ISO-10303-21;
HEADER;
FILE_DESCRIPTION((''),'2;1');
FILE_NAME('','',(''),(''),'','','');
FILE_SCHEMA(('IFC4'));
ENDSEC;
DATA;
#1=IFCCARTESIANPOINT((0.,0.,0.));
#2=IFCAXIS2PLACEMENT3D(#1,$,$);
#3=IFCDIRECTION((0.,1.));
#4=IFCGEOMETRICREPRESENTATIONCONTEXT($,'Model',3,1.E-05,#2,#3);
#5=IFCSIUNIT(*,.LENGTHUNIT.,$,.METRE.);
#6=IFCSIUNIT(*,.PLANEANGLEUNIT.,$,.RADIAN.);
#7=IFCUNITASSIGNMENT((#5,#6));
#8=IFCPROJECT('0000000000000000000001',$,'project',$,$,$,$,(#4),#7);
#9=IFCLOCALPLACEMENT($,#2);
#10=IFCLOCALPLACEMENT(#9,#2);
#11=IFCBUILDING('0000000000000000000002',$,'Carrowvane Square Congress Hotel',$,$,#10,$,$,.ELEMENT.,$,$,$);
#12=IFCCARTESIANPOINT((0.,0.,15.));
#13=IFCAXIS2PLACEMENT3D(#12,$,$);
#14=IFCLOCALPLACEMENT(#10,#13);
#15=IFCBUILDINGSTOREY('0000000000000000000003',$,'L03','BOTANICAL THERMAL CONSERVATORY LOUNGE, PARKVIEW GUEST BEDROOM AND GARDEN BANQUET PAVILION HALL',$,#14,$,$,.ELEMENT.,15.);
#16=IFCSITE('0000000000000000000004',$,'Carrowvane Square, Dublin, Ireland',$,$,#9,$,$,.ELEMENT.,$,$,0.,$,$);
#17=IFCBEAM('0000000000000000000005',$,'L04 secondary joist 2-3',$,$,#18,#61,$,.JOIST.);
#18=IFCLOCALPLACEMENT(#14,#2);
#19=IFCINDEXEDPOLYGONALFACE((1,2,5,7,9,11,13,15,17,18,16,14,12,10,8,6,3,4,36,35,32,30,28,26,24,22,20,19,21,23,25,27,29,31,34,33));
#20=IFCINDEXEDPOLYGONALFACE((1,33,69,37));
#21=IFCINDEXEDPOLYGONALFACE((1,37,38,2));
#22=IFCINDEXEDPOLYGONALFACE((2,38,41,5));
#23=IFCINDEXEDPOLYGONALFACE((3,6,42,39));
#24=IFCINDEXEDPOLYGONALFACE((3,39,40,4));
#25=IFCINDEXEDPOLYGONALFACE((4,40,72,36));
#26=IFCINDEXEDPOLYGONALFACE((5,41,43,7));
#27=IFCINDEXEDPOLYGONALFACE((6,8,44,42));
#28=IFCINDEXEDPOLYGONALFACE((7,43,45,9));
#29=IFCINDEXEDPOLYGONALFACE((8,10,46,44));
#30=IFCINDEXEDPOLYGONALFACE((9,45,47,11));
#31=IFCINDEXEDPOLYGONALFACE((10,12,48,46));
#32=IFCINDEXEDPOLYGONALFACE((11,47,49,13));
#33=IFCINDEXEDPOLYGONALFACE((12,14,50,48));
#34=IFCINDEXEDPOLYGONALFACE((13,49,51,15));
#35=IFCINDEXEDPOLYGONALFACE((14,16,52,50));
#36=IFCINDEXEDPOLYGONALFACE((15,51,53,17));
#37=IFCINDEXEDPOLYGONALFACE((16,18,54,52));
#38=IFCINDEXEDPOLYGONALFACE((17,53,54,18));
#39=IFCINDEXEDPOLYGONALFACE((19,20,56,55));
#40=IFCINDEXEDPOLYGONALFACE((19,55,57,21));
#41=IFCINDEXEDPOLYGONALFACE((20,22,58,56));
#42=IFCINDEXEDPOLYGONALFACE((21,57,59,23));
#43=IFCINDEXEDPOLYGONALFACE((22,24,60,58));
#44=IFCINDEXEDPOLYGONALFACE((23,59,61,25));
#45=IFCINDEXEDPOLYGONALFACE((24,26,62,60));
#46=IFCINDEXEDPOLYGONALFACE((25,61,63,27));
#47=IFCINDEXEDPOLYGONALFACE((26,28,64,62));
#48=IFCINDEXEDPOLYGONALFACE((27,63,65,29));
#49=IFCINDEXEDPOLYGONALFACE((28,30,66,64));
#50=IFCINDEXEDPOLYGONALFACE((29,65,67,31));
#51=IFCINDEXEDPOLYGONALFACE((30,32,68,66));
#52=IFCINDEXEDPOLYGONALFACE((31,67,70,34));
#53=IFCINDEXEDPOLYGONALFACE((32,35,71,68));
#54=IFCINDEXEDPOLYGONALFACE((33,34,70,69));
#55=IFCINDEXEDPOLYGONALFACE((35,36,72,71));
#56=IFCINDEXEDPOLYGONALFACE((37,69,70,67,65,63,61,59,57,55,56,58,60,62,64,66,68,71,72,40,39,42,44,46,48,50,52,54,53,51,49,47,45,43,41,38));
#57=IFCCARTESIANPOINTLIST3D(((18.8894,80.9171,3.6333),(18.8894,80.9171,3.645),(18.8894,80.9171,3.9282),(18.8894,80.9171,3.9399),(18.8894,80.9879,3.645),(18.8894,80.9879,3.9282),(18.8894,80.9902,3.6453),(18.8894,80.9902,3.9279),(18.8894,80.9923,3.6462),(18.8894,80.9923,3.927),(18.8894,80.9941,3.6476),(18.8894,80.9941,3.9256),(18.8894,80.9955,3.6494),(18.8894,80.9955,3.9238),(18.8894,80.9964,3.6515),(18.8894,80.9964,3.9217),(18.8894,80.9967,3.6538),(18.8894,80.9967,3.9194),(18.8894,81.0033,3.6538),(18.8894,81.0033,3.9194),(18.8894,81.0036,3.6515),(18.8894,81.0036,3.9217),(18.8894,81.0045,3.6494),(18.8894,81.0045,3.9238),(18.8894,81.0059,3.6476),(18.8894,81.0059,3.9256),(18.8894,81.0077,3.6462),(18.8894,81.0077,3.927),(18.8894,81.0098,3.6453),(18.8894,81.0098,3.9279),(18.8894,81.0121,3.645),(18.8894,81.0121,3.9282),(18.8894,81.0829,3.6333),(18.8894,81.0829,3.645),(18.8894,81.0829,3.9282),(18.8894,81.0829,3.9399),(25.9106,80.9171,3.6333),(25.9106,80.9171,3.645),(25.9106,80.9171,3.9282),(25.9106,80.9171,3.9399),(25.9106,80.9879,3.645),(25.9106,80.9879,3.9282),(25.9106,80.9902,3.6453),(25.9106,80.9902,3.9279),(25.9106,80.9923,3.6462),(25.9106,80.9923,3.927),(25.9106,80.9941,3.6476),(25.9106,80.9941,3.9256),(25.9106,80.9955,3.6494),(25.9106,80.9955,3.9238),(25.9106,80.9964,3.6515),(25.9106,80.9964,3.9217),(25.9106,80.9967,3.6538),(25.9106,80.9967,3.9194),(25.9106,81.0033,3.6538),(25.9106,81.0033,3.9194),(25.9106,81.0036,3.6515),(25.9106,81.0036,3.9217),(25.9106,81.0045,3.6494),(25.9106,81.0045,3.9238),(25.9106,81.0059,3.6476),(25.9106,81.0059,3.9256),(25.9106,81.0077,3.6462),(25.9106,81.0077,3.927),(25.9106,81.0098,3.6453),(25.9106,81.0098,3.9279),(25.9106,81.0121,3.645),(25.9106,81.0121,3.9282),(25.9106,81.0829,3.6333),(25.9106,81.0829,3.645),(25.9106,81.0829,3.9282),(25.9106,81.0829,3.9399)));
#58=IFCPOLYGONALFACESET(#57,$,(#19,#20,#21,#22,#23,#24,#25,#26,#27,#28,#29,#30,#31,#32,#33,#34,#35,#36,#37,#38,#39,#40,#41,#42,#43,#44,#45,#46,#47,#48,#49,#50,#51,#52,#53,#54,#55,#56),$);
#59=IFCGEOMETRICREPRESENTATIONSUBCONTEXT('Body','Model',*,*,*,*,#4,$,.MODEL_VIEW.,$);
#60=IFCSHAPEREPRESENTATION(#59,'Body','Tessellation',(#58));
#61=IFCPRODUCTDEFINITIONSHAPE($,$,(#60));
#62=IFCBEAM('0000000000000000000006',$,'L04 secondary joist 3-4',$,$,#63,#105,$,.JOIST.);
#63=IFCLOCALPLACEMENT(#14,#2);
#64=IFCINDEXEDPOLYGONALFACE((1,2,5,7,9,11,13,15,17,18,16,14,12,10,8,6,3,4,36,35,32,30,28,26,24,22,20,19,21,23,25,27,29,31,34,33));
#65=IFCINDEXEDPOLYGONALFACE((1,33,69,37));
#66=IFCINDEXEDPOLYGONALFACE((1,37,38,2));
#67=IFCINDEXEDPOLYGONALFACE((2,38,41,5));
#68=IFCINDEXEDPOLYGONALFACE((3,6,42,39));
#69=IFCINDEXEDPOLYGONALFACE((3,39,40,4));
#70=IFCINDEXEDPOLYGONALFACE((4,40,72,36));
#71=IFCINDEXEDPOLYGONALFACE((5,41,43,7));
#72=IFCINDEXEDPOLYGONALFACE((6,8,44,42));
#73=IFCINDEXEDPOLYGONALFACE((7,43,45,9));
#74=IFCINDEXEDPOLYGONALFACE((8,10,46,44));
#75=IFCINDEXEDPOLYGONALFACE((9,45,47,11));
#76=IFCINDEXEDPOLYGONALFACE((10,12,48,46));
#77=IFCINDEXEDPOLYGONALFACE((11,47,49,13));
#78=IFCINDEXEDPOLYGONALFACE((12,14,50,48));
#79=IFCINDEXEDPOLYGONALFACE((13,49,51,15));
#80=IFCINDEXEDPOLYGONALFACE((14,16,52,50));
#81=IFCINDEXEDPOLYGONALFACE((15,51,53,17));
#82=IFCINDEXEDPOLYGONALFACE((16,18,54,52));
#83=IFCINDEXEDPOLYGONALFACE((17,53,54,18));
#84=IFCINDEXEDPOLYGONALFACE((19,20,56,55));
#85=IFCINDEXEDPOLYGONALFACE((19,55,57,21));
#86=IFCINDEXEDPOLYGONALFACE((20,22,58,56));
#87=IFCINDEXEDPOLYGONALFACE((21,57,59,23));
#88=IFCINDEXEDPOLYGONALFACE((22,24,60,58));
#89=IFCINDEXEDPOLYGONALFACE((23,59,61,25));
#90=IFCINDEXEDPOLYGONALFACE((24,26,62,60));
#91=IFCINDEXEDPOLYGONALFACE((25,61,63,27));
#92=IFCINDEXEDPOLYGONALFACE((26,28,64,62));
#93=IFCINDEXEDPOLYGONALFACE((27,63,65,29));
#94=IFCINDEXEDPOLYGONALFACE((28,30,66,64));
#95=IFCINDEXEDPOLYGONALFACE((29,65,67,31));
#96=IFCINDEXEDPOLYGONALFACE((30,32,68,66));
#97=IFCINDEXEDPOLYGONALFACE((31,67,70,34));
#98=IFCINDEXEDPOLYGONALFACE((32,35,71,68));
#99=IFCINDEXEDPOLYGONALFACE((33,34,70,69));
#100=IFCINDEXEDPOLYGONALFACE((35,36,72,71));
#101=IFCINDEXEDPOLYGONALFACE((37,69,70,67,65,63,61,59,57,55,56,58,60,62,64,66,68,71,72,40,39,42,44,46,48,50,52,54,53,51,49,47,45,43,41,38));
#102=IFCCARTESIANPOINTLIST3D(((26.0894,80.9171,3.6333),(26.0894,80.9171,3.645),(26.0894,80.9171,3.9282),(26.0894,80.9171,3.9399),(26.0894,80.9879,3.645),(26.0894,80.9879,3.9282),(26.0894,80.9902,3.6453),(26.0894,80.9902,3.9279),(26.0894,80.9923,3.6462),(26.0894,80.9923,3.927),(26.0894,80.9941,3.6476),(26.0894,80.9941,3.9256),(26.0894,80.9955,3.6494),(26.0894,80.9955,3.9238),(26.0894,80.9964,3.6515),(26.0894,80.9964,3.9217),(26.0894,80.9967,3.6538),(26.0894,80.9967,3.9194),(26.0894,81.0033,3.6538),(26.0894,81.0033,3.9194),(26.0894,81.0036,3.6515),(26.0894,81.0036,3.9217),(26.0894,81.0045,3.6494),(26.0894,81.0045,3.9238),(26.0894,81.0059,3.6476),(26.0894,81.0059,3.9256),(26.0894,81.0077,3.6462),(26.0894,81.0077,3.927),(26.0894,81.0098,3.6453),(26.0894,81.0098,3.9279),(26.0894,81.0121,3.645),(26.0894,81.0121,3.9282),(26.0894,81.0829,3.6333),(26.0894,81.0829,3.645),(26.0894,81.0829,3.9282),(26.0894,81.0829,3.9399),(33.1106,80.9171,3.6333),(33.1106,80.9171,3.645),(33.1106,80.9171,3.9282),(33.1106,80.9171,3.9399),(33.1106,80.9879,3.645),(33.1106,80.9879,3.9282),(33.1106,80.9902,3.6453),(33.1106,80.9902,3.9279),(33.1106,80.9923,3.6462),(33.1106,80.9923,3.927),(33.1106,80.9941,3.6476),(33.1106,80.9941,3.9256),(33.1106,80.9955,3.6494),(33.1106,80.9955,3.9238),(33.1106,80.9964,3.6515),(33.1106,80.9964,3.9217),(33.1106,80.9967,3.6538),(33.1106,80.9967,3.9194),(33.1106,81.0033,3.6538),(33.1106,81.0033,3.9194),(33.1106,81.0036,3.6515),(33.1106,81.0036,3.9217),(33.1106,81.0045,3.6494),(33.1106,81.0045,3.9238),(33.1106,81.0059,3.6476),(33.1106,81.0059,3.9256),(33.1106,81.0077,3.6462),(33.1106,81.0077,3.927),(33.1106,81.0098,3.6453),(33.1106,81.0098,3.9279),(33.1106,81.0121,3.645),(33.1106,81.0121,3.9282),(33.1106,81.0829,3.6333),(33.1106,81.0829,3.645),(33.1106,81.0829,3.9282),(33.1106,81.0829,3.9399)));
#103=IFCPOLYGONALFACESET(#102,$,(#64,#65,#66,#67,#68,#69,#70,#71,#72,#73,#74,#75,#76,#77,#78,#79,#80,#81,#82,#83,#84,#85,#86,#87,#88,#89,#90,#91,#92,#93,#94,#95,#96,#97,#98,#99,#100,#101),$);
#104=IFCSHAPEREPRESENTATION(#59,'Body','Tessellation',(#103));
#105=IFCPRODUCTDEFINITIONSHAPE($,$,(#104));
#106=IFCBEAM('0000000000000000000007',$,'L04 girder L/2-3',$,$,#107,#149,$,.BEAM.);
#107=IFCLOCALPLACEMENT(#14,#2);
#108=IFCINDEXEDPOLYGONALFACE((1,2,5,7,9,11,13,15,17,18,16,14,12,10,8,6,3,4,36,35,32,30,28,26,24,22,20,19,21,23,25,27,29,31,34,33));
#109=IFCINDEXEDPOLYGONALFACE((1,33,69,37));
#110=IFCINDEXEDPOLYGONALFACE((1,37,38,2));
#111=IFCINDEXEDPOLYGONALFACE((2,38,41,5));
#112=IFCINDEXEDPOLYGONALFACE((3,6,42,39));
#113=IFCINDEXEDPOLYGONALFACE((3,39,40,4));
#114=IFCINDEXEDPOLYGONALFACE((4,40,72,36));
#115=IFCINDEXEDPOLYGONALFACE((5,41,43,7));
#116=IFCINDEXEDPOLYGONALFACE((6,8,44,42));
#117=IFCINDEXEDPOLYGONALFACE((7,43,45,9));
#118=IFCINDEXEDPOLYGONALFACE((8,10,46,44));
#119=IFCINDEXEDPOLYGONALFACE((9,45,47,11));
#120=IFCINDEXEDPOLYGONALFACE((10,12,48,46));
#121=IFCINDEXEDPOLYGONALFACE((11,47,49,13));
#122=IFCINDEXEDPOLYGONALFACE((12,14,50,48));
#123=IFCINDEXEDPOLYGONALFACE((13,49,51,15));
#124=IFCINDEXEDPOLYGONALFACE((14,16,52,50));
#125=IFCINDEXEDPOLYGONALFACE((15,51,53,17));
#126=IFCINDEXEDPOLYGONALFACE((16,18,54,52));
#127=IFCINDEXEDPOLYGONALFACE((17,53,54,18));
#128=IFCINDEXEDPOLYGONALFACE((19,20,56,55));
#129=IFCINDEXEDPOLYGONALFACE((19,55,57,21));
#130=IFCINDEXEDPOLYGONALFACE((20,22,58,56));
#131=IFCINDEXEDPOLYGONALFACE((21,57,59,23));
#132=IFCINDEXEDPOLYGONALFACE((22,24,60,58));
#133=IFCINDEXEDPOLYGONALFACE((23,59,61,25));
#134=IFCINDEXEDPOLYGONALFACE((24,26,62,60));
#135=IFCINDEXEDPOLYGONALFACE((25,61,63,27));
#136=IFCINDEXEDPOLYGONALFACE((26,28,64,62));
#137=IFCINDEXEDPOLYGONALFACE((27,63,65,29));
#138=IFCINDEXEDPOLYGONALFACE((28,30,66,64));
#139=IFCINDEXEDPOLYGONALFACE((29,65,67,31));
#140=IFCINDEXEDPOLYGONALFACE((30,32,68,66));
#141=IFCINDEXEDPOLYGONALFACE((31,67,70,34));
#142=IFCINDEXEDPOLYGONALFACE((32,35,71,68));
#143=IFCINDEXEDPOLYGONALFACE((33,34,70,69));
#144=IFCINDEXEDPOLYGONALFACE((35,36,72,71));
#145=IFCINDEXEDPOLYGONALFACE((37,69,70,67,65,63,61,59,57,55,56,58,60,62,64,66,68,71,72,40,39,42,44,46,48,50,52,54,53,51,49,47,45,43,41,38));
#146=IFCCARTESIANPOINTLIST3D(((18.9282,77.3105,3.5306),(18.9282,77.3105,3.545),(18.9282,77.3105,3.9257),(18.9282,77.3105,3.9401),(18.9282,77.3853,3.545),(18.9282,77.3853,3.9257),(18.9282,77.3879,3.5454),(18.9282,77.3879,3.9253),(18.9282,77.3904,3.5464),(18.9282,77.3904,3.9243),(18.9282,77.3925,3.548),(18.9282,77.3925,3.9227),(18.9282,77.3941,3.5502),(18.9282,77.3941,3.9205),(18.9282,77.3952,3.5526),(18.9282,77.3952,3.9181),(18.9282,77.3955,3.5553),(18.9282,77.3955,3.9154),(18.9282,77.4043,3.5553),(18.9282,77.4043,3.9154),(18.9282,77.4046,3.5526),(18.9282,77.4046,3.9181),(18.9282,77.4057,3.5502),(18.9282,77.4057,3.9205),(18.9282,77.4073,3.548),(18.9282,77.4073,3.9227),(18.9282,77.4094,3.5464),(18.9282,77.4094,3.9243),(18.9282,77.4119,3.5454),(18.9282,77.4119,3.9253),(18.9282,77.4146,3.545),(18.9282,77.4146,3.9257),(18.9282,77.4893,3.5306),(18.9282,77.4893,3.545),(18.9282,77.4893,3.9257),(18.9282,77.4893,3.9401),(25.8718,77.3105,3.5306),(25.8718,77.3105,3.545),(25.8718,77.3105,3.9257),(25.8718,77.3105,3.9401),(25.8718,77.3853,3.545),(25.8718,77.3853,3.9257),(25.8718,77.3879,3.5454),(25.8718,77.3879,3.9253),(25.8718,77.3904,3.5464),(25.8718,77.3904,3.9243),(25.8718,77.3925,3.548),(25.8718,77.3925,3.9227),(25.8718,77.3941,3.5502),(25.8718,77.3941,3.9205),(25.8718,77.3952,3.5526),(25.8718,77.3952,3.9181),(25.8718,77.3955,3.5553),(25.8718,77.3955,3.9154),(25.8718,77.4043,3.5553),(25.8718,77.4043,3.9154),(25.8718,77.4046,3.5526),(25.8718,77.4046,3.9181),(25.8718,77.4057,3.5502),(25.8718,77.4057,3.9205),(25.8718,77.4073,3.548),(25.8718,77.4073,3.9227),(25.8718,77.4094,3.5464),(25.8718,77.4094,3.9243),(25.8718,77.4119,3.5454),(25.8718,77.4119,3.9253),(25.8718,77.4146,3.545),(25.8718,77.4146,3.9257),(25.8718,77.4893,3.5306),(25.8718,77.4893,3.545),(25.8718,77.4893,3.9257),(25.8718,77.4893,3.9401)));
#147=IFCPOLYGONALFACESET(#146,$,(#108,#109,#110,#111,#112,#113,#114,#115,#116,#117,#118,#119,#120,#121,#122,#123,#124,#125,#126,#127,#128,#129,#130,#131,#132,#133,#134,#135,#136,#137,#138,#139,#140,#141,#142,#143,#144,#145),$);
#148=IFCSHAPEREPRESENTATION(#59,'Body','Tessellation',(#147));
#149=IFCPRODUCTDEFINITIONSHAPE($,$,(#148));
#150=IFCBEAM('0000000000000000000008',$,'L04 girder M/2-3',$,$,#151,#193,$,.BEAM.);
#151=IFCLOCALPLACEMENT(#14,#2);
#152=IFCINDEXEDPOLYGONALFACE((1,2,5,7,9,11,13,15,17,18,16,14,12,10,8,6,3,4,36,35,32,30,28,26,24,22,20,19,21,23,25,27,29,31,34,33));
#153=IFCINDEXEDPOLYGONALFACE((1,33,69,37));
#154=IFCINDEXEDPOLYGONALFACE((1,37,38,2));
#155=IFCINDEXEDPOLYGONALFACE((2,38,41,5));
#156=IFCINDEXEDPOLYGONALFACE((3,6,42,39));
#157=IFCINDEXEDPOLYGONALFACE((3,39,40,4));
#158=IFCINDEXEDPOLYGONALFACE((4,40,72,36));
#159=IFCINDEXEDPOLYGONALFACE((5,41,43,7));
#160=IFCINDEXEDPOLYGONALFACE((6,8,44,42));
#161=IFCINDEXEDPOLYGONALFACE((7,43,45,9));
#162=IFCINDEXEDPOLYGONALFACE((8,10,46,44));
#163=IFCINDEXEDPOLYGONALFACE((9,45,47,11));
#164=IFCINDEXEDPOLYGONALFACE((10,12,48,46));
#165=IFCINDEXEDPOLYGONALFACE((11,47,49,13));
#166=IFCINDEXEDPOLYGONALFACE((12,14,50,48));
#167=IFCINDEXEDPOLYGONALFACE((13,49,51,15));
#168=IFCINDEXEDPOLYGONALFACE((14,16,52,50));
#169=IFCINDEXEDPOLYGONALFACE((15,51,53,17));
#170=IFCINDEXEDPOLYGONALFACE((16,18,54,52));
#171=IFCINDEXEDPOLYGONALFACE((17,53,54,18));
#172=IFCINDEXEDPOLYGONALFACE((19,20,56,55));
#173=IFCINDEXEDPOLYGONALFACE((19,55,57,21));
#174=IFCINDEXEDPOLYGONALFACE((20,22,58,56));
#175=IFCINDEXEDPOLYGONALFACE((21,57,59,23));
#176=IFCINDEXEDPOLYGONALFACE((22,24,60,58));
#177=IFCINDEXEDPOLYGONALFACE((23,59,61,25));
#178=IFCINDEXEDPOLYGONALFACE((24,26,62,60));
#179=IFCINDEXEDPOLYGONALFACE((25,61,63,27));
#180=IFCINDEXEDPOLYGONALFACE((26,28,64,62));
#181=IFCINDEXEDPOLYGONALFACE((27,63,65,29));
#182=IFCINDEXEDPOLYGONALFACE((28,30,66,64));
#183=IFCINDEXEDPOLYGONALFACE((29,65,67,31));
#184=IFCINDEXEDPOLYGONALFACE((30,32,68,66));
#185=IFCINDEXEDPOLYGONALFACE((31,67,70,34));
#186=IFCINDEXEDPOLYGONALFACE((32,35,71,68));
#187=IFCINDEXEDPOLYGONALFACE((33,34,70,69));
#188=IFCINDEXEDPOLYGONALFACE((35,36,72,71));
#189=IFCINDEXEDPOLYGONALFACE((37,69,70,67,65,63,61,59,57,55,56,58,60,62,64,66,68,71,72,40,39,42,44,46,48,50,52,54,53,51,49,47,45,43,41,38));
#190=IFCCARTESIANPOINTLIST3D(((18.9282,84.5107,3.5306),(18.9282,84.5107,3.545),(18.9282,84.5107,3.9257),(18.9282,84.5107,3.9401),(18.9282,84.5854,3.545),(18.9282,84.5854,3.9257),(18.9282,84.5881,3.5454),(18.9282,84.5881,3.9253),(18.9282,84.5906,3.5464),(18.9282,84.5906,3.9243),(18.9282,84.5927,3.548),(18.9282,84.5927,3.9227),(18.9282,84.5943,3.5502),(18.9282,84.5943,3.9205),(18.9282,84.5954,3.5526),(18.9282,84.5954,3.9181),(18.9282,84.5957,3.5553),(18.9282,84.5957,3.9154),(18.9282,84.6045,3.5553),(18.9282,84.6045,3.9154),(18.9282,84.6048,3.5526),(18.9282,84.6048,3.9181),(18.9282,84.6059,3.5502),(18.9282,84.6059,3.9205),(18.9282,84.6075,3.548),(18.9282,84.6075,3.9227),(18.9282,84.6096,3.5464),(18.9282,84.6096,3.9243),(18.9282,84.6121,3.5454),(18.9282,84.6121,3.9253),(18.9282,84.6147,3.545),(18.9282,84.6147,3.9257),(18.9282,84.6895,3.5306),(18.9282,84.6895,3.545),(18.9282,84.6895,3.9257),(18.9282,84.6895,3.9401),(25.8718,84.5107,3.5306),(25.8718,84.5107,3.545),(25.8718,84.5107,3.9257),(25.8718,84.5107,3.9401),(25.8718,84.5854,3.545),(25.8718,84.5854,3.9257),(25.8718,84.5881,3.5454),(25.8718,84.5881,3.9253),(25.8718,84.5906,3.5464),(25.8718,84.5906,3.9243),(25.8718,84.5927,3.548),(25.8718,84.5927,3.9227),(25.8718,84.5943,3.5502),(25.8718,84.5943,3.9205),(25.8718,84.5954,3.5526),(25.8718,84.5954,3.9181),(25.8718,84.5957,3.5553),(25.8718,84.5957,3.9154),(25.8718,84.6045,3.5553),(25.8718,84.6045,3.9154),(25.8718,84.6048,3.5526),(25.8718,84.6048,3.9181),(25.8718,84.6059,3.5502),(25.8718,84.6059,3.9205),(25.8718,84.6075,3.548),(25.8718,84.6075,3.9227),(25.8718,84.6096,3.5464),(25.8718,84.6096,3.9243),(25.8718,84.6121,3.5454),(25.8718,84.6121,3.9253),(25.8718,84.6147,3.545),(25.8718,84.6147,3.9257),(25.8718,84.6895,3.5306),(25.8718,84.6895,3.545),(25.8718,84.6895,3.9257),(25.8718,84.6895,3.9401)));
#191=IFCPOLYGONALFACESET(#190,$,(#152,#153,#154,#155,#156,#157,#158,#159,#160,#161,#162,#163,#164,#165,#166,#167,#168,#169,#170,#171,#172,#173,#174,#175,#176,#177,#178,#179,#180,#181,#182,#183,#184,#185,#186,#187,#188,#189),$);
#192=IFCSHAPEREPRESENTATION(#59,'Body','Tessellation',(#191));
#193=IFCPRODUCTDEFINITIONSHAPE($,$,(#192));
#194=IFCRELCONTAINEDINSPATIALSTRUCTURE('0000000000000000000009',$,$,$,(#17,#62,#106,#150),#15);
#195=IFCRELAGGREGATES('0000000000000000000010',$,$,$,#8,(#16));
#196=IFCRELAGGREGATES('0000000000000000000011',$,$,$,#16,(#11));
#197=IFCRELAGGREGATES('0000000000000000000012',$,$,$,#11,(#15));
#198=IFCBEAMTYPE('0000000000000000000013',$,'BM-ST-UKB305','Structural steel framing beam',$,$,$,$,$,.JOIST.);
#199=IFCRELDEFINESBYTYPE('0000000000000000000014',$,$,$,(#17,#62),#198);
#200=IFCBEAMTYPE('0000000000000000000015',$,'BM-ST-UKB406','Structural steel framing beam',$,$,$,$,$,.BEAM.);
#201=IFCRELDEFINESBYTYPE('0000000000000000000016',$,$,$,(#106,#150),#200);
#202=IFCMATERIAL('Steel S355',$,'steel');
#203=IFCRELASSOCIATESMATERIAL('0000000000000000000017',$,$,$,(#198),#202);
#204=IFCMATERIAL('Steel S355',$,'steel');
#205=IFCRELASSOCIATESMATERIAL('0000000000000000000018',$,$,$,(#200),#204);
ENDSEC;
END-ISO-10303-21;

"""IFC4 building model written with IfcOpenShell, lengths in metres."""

from ifc_helpers import new_model, si_unit, direction, frame, origin, origin_2d, place, context, subcontext, project, spatial, i_section, extrude, material, material_profile, profile_set, type_object, element, save


model = new_model("IFC4")

# Units and contexts
model_context = context("Model", 3, precision=1e-05, world=origin(), true_north=direction((0.0, 1.0)))
body_context = subcontext(model_context, "Body", "Model", "MODEL_VIEW")
ifc_project = project(units=[si_unit("LENGTHUNIT", "METRE"), si_unit("PLANEANGLEUNIT", "RADIAN")], contexts=[model_context])

# Site, building, storey
site_placement = place(None, origin())
site = spatial("IfcSite", under=ifc_project, at=site_placement, Name="Carrowvane Square, Dublin, Ireland", CompositionType="ELEMENT", RefElevation=0.0)
building_placement = place(site_placement, origin())
building = spatial("IfcBuilding", under=site, at=building_placement, Name="Carrowvane Square Congress Hotel", CompositionType="ELEMENT")
storey_placement = place(building_placement, frame((0.0, 0.0, 15.0)))
storey = spatial("IfcBuildingStorey", under=building, at=storey_placement, Name="L03", Description="BOTANICAL THERMAL CONSERVATORY LOUNGE, PARKVIEW GUEST BEDROOM AND GARDEN BANQUET PAVILION HALL", CompositionType="ELEMENT", Elevation=15.0)

# Beams
ifc_material_1 = material(Name="Steel S355", Category="steel")
ifc_material_profile_1 = material_profile(ifc_material_1, i_section(OverallWidth=0.1658, OverallDepth=0.3066, WebThickness=0.0066, FlangeThickness=0.0117, FilletRadius=0.0088, at=origin_2d()), Name="UKB 305x165x46")
ifc_profile_set_1 = profile_set([ifc_material_profile_1], Name="Steel S355")
beam_type_1 = type_object("IfcBeamType", Name="BM-ST-UKB305", Description="Structural steel framing beam", PredefinedType="JOIST", material=ifc_profile_set_1)
for number, where, z_axis, x_axis, name in (
    (1, (18.8894, 81.0, 3.7866), (1.0, 0.0, 0.0), (0.0, 1.0, 0.0), "L04 secondary joist 2-3"),
    (2, (26.0894, 81.0, 3.7866), (1.0, 0.0, 0.0), (0.0, 1.0, 0.0), "L04 secondary joist 3-4"),
):
    element("IfcBeam", number, at=place(storey_placement, frame(where, z_axis=z_axis, x_axis=x_axis)), inside=storey, type_object=beam_type_1, Name=name, PredefinedType="JOIST", context=body_context, shape_type="SweptSolid", body=[
        extrude(i_section(OverallWidth=0.1658, OverallDepth=0.3066, WebThickness=0.0066, FlangeThickness=0.0117, FilletRadius=0.0088, at=origin_2d()), origin(), (0.0, 0.0, 1.0), 7.0212),
    ])
ifc_material_2 = material(Name="Steel S355", Category="steel")
ifc_material_profile_2 = material_profile(ifc_material_2, i_section(OverallWidth=0.1787, OverallDepth=0.4094, WebThickness=0.0088, FlangeThickness=0.0144, FilletRadius=0.0103, at=origin_2d()), Name="UKB 406x178x67")
ifc_profile_set_2 = profile_set([ifc_material_profile_2], Name="Steel S355")
beam_type_2 = type_object("IfcBeamType", Name="BM-ST-UKB406", Description="Structural steel framing beam", PredefinedType="BEAM", material=ifc_profile_set_2)
for number, where, z_axis, x_axis, name in (
    (3, (18.9282, 77.3999, 3.7354), (1.0, 0.0, 0.0), (0.0, 1.0, 0.0), "L04 girder L/2-3"),
    (4, (18.9282, 84.6001, 3.7354), (1.0, 0.0, 0.0), (0.0, 1.0, 0.0), "L04 girder M/2-3"),
):
    element("IfcBeam", number, at=place(storey_placement, frame(where, z_axis=z_axis, x_axis=x_axis)), inside=storey, type_object=beam_type_2, Name=name, PredefinedType="BEAM", context=body_context, shape_type="SweptSolid", body=[
        extrude(i_section(OverallWidth=0.1787, OverallDepth=0.4094, WebThickness=0.0088, FlangeThickness=0.0144, FilletRadius=0.0103, at=origin_2d()), origin(), (0.0, 0.0, 1.0), 6.9436),
    ])

save(model, "model.ifc")
